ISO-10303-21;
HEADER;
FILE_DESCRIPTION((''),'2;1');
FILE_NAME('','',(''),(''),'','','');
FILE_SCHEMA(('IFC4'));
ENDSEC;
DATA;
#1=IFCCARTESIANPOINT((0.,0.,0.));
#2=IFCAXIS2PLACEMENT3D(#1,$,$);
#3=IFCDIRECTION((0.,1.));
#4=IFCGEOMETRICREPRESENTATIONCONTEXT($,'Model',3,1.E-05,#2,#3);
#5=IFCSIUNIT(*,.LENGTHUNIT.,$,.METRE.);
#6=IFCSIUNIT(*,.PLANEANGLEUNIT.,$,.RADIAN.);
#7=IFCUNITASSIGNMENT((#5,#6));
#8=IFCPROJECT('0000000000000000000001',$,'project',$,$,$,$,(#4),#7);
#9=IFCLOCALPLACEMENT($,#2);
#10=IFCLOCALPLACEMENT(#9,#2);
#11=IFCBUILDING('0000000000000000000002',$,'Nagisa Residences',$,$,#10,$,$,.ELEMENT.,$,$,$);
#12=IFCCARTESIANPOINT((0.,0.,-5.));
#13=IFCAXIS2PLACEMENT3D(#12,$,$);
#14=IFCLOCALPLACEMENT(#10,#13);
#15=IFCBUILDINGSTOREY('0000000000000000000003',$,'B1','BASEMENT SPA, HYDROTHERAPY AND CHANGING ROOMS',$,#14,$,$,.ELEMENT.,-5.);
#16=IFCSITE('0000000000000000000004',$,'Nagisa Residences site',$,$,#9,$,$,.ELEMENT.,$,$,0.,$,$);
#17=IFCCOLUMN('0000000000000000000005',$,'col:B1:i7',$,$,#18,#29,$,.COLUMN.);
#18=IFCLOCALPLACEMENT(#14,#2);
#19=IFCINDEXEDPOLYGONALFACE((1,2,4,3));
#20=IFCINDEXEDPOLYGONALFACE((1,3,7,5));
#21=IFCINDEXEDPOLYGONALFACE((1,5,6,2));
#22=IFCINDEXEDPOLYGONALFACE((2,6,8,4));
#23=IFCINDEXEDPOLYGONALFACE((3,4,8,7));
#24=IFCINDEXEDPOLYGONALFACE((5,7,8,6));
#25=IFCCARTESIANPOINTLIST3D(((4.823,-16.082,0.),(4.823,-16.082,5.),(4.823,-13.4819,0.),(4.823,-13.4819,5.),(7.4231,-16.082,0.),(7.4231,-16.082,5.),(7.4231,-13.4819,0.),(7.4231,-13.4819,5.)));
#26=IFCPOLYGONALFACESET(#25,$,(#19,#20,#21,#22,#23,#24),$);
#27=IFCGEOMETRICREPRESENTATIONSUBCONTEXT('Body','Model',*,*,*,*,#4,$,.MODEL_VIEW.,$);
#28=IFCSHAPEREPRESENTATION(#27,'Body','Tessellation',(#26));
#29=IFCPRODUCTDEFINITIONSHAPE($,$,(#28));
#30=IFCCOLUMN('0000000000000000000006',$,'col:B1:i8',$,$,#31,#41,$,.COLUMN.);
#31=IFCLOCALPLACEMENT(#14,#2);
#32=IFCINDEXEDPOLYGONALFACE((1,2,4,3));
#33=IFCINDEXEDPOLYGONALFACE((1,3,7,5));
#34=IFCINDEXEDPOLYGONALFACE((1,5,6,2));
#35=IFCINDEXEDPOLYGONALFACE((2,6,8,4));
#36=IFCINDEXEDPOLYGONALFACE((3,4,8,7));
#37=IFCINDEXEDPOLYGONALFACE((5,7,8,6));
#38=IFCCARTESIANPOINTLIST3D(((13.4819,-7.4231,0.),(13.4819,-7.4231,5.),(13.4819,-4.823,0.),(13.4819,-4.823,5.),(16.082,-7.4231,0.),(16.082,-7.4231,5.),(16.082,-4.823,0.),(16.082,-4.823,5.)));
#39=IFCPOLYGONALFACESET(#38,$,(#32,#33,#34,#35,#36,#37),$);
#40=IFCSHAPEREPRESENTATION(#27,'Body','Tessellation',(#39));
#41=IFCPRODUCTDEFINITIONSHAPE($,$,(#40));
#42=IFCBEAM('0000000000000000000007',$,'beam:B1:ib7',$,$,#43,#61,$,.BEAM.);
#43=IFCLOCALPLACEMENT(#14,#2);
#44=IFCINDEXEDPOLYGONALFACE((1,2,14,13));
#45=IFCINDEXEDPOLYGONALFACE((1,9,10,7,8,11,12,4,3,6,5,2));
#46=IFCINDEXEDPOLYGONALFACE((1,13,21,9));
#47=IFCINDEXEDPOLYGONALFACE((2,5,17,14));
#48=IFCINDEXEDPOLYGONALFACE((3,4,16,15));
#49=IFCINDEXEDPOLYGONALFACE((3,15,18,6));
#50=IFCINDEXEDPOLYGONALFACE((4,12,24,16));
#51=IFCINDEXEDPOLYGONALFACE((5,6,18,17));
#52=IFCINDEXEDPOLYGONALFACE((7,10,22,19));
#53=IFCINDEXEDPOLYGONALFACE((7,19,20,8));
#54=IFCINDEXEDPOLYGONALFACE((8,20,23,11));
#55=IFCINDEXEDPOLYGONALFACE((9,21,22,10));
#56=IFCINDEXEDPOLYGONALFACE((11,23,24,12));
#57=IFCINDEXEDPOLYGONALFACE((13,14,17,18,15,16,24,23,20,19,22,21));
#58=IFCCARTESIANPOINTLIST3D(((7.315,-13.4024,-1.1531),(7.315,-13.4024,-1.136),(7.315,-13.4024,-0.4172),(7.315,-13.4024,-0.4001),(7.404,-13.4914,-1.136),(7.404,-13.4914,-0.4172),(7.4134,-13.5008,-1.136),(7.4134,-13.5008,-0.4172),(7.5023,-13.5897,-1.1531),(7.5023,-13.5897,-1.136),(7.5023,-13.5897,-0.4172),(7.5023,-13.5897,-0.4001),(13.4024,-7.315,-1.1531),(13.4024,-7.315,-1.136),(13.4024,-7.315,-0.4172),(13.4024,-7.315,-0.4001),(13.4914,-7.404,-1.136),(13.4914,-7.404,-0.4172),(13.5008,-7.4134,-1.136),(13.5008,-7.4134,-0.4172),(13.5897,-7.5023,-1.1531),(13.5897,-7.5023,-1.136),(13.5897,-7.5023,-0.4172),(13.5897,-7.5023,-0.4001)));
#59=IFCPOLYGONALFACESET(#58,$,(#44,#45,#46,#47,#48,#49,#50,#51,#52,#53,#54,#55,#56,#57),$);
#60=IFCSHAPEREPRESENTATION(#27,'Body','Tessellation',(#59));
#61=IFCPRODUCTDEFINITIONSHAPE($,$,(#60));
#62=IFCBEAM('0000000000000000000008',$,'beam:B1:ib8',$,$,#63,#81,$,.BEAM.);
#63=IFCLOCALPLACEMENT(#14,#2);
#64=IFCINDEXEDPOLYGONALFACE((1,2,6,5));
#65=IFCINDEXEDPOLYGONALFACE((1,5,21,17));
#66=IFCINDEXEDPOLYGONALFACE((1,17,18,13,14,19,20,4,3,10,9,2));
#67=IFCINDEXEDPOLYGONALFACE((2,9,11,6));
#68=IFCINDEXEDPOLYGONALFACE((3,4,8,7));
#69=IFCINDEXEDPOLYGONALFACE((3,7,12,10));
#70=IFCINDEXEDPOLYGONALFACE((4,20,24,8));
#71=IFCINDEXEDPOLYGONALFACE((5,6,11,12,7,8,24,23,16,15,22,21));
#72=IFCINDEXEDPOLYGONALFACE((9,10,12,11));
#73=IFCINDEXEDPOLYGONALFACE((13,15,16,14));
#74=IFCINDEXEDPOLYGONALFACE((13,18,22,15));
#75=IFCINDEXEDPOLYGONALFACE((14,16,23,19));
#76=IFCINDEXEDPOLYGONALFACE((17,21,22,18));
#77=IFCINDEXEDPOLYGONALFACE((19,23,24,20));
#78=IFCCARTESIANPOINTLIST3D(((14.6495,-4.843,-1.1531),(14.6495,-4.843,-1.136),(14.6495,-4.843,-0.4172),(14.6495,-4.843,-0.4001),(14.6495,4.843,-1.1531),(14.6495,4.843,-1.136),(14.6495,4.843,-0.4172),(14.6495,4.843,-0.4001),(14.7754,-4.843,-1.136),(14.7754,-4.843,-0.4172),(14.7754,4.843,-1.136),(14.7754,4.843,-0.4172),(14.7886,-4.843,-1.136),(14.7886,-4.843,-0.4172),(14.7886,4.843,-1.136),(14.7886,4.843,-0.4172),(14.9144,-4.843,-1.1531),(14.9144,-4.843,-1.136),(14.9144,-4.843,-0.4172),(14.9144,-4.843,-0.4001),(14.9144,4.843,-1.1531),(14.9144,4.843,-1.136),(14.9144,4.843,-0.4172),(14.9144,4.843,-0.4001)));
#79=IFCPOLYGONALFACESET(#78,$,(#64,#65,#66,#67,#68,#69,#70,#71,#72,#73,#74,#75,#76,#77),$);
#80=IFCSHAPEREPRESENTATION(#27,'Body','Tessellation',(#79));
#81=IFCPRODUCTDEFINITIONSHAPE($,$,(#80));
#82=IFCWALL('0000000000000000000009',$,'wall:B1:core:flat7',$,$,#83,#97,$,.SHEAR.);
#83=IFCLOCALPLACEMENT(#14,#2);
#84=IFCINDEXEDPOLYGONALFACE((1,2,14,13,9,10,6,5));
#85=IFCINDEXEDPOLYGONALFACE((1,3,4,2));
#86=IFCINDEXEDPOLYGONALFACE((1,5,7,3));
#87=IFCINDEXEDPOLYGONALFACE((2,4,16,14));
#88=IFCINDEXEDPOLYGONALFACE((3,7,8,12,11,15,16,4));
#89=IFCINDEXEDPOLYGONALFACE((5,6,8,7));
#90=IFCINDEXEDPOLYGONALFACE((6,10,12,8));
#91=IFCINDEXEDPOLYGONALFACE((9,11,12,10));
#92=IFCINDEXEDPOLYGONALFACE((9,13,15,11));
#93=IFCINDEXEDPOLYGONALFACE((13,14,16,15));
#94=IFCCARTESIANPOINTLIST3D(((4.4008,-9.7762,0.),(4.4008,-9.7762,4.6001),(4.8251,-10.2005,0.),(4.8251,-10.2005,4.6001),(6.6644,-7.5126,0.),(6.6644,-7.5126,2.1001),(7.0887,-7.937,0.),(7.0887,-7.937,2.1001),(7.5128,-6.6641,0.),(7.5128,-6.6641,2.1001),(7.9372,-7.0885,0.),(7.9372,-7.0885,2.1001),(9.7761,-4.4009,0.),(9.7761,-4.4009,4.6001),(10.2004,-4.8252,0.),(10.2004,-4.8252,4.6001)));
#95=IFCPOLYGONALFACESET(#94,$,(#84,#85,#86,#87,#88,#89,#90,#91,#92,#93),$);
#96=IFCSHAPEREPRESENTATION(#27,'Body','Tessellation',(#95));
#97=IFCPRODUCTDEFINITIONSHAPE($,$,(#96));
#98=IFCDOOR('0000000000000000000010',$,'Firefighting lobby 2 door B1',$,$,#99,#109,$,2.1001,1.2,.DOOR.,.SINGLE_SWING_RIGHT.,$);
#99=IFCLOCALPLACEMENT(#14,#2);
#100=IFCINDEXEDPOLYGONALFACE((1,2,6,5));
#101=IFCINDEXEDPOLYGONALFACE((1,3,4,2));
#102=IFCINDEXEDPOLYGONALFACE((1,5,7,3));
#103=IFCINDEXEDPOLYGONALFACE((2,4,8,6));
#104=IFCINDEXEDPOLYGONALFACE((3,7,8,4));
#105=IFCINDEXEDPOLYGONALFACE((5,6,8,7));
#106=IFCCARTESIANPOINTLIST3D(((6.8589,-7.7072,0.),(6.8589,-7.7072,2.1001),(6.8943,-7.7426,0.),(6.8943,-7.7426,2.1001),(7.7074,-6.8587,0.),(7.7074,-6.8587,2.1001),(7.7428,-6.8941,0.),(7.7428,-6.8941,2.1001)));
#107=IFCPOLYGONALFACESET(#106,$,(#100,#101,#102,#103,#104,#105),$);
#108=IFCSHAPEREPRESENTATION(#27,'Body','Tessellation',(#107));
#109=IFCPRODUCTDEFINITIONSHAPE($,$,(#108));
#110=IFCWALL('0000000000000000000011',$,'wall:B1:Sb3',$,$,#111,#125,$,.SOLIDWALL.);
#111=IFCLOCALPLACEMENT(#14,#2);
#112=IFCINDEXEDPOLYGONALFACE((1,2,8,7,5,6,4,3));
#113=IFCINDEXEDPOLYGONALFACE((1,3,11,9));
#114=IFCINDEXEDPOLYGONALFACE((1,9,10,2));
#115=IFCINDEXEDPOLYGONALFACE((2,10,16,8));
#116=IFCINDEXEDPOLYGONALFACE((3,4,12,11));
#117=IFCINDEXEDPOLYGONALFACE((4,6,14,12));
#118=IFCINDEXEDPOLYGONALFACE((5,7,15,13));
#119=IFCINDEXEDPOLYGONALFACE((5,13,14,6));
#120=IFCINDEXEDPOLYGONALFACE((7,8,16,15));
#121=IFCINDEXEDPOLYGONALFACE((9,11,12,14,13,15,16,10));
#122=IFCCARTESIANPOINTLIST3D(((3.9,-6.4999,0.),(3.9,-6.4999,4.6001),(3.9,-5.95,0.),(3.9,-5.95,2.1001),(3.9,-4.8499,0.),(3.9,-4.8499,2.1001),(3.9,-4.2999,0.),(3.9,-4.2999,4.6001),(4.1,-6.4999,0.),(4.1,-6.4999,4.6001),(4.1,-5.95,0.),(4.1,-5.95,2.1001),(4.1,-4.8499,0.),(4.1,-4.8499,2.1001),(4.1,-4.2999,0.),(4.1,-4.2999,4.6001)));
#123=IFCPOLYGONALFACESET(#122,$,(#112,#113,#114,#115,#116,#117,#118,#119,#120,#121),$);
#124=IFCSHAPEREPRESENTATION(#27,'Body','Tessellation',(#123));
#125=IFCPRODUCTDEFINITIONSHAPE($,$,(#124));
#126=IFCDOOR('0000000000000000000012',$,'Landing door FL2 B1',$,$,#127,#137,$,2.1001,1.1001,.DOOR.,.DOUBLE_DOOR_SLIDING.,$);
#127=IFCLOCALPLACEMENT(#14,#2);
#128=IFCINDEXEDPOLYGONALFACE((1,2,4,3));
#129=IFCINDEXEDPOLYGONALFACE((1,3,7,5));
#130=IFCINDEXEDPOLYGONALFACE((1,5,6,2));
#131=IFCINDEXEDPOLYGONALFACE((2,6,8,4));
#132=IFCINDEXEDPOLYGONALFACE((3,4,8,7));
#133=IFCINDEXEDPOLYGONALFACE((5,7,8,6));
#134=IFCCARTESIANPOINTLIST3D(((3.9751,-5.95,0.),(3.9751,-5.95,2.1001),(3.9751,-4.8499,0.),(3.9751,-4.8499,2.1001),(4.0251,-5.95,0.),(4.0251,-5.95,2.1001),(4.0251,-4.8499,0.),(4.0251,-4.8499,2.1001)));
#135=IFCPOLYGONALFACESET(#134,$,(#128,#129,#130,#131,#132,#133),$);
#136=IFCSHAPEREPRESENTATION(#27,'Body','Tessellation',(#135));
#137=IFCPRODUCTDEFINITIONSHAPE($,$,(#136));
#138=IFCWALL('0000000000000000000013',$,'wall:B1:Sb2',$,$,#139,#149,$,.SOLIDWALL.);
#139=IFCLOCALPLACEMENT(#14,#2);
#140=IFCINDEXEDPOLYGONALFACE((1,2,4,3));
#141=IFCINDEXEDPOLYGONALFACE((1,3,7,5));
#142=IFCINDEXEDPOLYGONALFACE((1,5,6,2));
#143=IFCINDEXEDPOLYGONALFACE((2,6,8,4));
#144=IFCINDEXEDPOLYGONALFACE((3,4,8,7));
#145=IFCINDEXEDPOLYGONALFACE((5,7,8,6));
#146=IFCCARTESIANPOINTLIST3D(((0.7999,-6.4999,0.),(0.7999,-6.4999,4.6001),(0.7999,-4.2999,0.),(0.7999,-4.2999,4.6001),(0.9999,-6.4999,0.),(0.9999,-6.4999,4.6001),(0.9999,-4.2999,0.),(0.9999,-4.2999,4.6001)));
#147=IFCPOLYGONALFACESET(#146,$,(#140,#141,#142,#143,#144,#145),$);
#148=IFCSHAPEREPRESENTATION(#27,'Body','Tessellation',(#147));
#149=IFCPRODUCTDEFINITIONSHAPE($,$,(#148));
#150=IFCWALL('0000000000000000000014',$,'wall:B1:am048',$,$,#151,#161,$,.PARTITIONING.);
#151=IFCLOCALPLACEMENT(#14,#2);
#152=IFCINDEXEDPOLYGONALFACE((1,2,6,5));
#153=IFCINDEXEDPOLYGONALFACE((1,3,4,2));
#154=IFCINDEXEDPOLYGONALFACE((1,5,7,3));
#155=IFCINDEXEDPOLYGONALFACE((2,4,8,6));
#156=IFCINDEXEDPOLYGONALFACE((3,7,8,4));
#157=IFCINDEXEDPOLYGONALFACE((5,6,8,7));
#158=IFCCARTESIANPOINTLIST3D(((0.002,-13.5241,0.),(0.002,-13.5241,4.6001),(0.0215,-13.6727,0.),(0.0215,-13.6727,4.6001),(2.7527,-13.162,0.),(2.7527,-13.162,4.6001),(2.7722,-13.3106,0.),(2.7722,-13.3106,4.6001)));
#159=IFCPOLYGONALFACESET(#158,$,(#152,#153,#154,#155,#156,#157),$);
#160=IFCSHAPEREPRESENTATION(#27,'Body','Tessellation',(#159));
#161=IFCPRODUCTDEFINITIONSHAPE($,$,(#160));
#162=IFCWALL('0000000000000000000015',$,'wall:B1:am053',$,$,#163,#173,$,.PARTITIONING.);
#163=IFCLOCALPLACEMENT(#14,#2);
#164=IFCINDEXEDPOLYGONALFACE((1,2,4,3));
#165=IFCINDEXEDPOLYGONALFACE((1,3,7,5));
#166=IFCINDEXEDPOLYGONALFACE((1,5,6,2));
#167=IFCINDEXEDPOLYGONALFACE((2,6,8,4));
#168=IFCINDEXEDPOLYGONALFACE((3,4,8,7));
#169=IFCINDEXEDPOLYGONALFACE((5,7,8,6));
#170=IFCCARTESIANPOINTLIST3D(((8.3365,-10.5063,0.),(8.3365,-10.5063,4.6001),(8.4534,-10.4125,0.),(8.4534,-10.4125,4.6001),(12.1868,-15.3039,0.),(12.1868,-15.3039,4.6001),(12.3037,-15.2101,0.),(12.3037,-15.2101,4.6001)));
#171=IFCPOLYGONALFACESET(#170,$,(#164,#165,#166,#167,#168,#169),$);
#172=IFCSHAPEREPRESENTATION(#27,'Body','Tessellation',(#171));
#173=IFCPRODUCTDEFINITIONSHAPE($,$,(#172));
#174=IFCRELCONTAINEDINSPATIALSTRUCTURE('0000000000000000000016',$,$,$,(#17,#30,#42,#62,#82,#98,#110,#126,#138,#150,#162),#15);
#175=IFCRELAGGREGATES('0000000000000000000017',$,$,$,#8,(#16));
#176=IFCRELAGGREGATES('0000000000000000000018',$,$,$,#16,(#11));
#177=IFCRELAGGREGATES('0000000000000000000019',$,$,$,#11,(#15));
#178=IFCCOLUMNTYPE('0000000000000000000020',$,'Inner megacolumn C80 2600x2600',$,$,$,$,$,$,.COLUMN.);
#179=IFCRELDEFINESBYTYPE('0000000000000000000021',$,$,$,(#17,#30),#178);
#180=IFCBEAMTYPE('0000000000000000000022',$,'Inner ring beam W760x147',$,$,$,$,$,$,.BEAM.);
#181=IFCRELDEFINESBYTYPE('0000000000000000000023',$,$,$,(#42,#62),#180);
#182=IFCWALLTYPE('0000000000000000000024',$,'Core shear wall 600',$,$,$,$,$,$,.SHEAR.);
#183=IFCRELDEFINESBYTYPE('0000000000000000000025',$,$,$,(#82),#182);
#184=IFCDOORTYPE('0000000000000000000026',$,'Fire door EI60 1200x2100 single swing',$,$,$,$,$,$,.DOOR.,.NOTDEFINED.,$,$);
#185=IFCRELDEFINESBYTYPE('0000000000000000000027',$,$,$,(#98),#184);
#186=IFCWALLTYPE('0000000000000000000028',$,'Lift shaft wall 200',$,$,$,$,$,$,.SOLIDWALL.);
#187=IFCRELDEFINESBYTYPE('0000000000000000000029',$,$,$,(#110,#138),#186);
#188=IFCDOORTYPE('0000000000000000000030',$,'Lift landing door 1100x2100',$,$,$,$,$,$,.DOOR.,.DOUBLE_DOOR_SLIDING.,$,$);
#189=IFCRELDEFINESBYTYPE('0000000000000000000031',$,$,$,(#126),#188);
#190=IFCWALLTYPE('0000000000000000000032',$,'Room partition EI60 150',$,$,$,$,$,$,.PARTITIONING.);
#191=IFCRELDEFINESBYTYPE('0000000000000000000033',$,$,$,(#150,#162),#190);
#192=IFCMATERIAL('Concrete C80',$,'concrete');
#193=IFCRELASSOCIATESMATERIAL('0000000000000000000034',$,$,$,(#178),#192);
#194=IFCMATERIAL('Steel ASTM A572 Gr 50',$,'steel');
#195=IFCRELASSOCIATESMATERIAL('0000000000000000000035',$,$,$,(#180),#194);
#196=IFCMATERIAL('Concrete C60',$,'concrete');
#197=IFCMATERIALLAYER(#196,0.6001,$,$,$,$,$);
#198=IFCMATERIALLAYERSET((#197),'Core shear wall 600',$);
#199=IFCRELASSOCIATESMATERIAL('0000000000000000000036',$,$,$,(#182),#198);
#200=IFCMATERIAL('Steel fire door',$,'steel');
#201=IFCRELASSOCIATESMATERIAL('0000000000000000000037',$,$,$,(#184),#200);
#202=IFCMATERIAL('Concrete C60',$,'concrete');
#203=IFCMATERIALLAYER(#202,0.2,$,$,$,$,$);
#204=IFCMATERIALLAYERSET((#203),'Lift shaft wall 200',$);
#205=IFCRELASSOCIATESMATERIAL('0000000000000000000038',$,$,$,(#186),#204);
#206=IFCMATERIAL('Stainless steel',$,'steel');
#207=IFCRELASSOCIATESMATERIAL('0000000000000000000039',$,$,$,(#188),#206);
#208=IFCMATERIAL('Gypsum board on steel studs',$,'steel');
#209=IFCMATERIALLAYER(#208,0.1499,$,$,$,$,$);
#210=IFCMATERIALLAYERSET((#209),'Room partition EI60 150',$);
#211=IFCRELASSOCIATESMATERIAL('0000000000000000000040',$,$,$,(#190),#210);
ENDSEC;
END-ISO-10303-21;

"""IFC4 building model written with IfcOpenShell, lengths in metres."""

from ifc_helpers import new_model, si_unit, direction, frame, frame_2d, origin, origin_2d, place, context, subcontext, project, spatial, rectangle, i_section, extrude, material, layer, layer_set, material_profile, profile_set, type_object, element, fill, save


model = new_model("IFC4")

# Units and contexts
model_context = context("Model", 3, precision=1e-05, world=origin(), true_north=direction((0.0, 1.0)))
body_context = subcontext(model_context, "Body", "Model", "MODEL_VIEW")
ifc_project = project(units=[si_unit("LENGTHUNIT", "METRE"), si_unit("PLANEANGLEUNIT", "RADIAN")], contexts=[model_context])

# Site, building, storey
site_placement = place(None, origin())
site = spatial("IfcSite", under=ifc_project, at=site_placement, Name="Nagisa Residences site", CompositionType="ELEMENT", RefElevation=0.0)
building_placement = place(site_placement, origin())
building = spatial("IfcBuilding", under=site, at=building_placement, Name="Nagisa Residences", CompositionType="ELEMENT")
storey_placement = place(building_placement, frame((0.0, 0.0, -5.0)))
storey = spatial("IfcBuildingStorey", under=building, at=storey_placement, Name="B1", Description="BASEMENT SPA, HYDROTHERAPY AND CHANGING ROOMS", CompositionType="ELEMENT", Elevation=-5.0)

# Columns
ifc_material_1 = material(Name="Concrete C80", Category="concrete")
ifc_material_profile_1 = material_profile(ifc_material_1, rectangle(XDim=2.6001, YDim=2.6001, at=origin_2d()), Name="C80 2600x2600")
ifc_profile_set_1 = profile_set([ifc_material_profile_1], Name="Concrete C80")
column_type = type_object("IfcColumnType", Name="Inner megacolumn C80 2600x2600", PredefinedType="COLUMN", material=ifc_profile_set_1)
for number, where, z_axis, x_axis, name in (
    (1, (6.123, -14.782, 0.0), (0.0, 0.0, 1.0), (1.0, 0.0, 0.0), "col:B1:i7"),
    (2, (14.782, -6.123, 0.0), (0.0, 0.0, 1.0), (1.0, 0.0, 0.0), "col:B1:i8"),
):
    element("IfcColumn", number, at=place(storey_placement, frame(where, z_axis=z_axis, x_axis=x_axis)), inside=storey, type_object=column_type, Name=name, PredefinedType="COLUMN", context=body_context, shape_type="SweptSolid", body=[
        extrude(rectangle(XDim=2.6001, YDim=2.6001, at=origin_2d()), origin(), (0.0, 0.0, 1.0), 5.0),
    ])

# Beams
ifc_material_2 = material(Name="Steel ASTM A572 Gr 50", Category="steel")
ifc_material_profile_2 = material_profile(ifc_material_2, i_section(OverallWidth=0.2649, OverallDepth=0.7529, WebThickness=0.0132, FlangeThickness=0.0171, at=origin_2d()), Name="W760x147")
ifc_profile_set_2 = profile_set([ifc_material_profile_2], Name="Steel ASTM A572 Gr 50")
beam_type = type_object("IfcBeamType", Name="Inner ring beam W760x147", PredefinedType="BEAM", material=ifc_profile_set_2)
beam_1_placement = place(storey_placement, frame((7.4087, -13.4961, -0.7766), z_axis=(0.707107, 0.707107, 0.0), x_axis=(-0.707107, 0.707107, 0.0)))
element("IfcBeam", 3, at=beam_1_placement, inside=storey, type_object=beam_type, Name="beam:B1:ib7", PredefinedType="BEAM", context=body_context, shape_type="SweptSolid", body=[
    extrude(i_section(OverallWidth=0.2649, OverallDepth=0.7529, WebThickness=0.0132, FlangeThickness=0.0171, at=origin_2d()), origin(), (0.0, 0.0, 1.0), 8.6089),
])
beam_2_placement = place(storey_placement, frame((14.782, -4.843, -0.7766), z_axis=(0.0, 1.0, 0.0), x_axis=(-1.0, 0.0, 0.0)))
element("IfcBeam", 4, at=beam_2_placement, inside=storey, type_object=beam_type, Name="beam:B1:ib8", PredefinedType="BEAM", context=body_context, shape_type="SweptSolid", body=[
    extrude(i_section(OverallWidth=0.2649, OverallDepth=0.7529, WebThickness=0.0132, FlangeThickness=0.0171, at=origin_2d()), origin(), (0.0, 0.0, 1.0), 9.686),
])

# Walls, openings, doors
ifc_material_3 = material(Name="Concrete C60", Category="concrete")
ifc_layer_1 = layer(ifc_material_3, 0.6001)
ifc_layer_set_1 = layer_set([ifc_layer_1], Name="Core shear wall 600")
wall_type_1 = type_object("IfcWallType", Name="Core shear wall 600", PredefinedType="SHEAR", material=ifc_layer_set_1)
wall_1_placement = place(storey_placement, frame((4.613, -9.9883, 0.0), z_axis=(0.0, 0.0, 1.0), x_axis=(0.707107, 0.707107, 0.0)))
wall_1 = element("IfcWall", 5, at=wall_1_placement, inside=storey, type_object=wall_type_1, Name="wall:B1:core:flat7", PredefinedType="SHEAR", context=body_context, shape_type="SweptSolid", body=[
    extrude(rectangle(XDim=7.6018, YDim=0.6001, at=frame_2d((3.8008, 0.0))), origin(), (0.0, 0.0, 1.0), 4.6001),
])
opening_1_placement = place(wall_1_placement, frame((3.2009, 0.0, 0.0)))
opening_1 = element("IfcOpeningElement", 6, at=opening_1_placement, cuts=wall_1, PredefinedType="OPENING", context=body_context, shape_type="SweptSolid", body=[
    extrude(rectangle(XDim=1.2, YDim=2.1001, at=frame_2d((0.6001, 1.05))), frame((0.0, 0.3101, 0.0), z_axis=(0.0, -1.0, 0.0), x_axis=(1.0, 0.0, 0.0)), (0.0, 0.0, 1.0), 0.6201),
])
ifc_material_4 = material(Name="Steel fire door", Category="steel")
door_type_1 = type_object("IfcDoorType", Name="Fire door EI60 1200x2100 single swing", OperationType="NOTDEFINED", PredefinedType="DOOR", material=ifc_material_4)
door_1_placement = place(opening_1_placement, origin())
door_1 = element("IfcDoor", 7, at=door_1_placement, inside=storey, type_object=door_type_1, Name="Firefighting lobby 2 door B1", OperationType="SINGLE_SWING_RIGHT", OverallHeight=2.1001, OverallWidth=1.2, PredefinedType="DOOR", context=body_context, shape_type="SweptSolid", body=[
    extrude(rectangle(XDim=1.2, YDim=2.1001, at=frame_2d((0.6001, 1.05))), frame((0.0, 0.0249, 0.0), z_axis=(0.0, -1.0, 0.0), x_axis=(1.0, 0.0, 0.0)), (0.0, 0.0, 1.0), 0.05),
])
fill(opening_1, door_1)
ifc_material_5 = material(Name="Concrete C60", Category="concrete")
ifc_layer_2 = layer(ifc_material_5, 0.2)
ifc_layer_set_2 = layer_set([ifc_layer_2], Name="Lift shaft wall 200")
wall_type_2 = type_object("IfcWallType", Name="Lift shaft wall 200", PredefinedType="SOLIDWALL", material=ifc_layer_set_2)
wall_2_placement = place(storey_placement, frame((4.0, -6.5, 0.0), z_axis=(0.0, 0.0, 1.0), x_axis=(0.0, 1.0, 0.0)))
wall_2 = element("IfcWall", 8, at=wall_2_placement, inside=storey, type_object=wall_type_2, Name="wall:B1:Sb3", PredefinedType="SOLIDWALL", context=body_context, shape_type="SweptSolid", body=[
    extrude(rectangle(XDim=2.2, YDim=0.2, at=frame_2d((1.1001, 0.0))), origin(), (0.0, 0.0, 1.0), 4.6001),
])
opening_2_placement = place(wall_2_placement, frame((0.55, 0.0, 0.0)))
opening_2 = element("IfcOpeningElement", 9, at=opening_2_placement, cuts=wall_2, PredefinedType="OPENING", context=body_context, shape_type="SweptSolid", body=[
    extrude(rectangle(XDim=1.1001, YDim=2.1001, at=frame_2d((0.55, 1.05))), frame((0.0, 0.1099, 0.0), z_axis=(0.0, -1.0, 0.0), x_axis=(1.0, 0.0, 0.0)), (0.0, 0.0, 1.0), 0.22),
])
ifc_material_6 = material(Name="Stainless steel", Category="steel")
door_type_2 = type_object("IfcDoorType", Name="Lift landing door 1100x2100", OperationType="DOUBLE_DOOR_SLIDING", PredefinedType="DOOR", material=ifc_material_6)
door_2_placement = place(opening_2_placement, origin())
door_2 = element("IfcDoor", 10, at=door_2_placement, inside=storey, type_object=door_type_2, Name="Landing door FL2 B1", OperationType="DOUBLE_DOOR_SLIDING", OverallHeight=2.1001, OverallWidth=1.1001, PredefinedType="DOOR", context=body_context, shape_type="SweptSolid", body=[
    extrude(rectangle(XDim=1.1001, YDim=2.1001, at=frame_2d((0.55, 1.05))), frame((0.0, 0.0249, 0.0), z_axis=(0.0, -1.0, 0.0), x_axis=(1.0, 0.0, 0.0)), (0.0, 0.0, 1.0), 0.05),
])
fill(opening_2, door_2)

# Walls
wall_3_placement = place(storey_placement, frame((0.8999, -6.5, 0.0), z_axis=(0.0, 0.0, 1.0), x_axis=(0.0, 1.0, 0.0)))
element("IfcWall", 11, at=wall_3_placement, inside=storey, type_object=wall_type_2, Name="wall:B1:Sb2", PredefinedType="SOLIDWALL", context=body_context, shape_type="SweptSolid", body=[
    extrude(rectangle(XDim=2.2, YDim=0.2, at=frame_2d((1.1001, 0.0))), origin(), (0.0, 0.0, 1.0), 4.6001),
])
ifc_material_7 = material(Name="Gypsum board on steel studs", Category="steel")
ifc_layer_3 = layer(ifc_material_7, 0.1499)
ifc_layer_set_3 = layer_set([ifc_layer_3], Name="Room partition EI60 150")
wall_type_3 = type_object("IfcWallType", Name="Room partition EI60 150", PredefinedType="PARTITIONING", material=ifc_layer_set_3)
wall_4_placement = place(storey_placement, frame((2.7625, -13.2363, 0.0), z_axis=(0.0, 0.0, 1.0), x_axis=(-0.991449, -0.130498, 0.0)))
element("IfcWall", 12, at=wall_4_placement, inside=storey, type_object=wall_type_3, Name="wall:B1:am048", PredefinedType="PARTITIONING", context=body_context, shape_type="SweptSolid", body=[
    extrude(rectangle(XDim=2.7744, YDim=0.1499, at=frame_2d((1.3872, 0.0))), origin(), (0.0, 0.0, 1.0), 4.6001),
])
wall_5_placement = place(storey_placement, frame((8.395, -10.4595, 0.0), z_axis=(0.0, 0.0, 1.0), x_axis=(0.625909, -0.779896, 0.0)))
element("IfcWall", 13, at=wall_5_placement, inside=storey, type_object=wall_type_3, Name="wall:B1:am053", PredefinedType="PARTITIONING", context=body_context, shape_type="SweptSolid", body=[
    extrude(rectangle(XDim=6.1516, YDim=0.1499, at=frame_2d((3.0757, 0.0))), origin(), (0.0, 0.0, 1.0), 4.6001),
])

save(model, "model.ifc")
